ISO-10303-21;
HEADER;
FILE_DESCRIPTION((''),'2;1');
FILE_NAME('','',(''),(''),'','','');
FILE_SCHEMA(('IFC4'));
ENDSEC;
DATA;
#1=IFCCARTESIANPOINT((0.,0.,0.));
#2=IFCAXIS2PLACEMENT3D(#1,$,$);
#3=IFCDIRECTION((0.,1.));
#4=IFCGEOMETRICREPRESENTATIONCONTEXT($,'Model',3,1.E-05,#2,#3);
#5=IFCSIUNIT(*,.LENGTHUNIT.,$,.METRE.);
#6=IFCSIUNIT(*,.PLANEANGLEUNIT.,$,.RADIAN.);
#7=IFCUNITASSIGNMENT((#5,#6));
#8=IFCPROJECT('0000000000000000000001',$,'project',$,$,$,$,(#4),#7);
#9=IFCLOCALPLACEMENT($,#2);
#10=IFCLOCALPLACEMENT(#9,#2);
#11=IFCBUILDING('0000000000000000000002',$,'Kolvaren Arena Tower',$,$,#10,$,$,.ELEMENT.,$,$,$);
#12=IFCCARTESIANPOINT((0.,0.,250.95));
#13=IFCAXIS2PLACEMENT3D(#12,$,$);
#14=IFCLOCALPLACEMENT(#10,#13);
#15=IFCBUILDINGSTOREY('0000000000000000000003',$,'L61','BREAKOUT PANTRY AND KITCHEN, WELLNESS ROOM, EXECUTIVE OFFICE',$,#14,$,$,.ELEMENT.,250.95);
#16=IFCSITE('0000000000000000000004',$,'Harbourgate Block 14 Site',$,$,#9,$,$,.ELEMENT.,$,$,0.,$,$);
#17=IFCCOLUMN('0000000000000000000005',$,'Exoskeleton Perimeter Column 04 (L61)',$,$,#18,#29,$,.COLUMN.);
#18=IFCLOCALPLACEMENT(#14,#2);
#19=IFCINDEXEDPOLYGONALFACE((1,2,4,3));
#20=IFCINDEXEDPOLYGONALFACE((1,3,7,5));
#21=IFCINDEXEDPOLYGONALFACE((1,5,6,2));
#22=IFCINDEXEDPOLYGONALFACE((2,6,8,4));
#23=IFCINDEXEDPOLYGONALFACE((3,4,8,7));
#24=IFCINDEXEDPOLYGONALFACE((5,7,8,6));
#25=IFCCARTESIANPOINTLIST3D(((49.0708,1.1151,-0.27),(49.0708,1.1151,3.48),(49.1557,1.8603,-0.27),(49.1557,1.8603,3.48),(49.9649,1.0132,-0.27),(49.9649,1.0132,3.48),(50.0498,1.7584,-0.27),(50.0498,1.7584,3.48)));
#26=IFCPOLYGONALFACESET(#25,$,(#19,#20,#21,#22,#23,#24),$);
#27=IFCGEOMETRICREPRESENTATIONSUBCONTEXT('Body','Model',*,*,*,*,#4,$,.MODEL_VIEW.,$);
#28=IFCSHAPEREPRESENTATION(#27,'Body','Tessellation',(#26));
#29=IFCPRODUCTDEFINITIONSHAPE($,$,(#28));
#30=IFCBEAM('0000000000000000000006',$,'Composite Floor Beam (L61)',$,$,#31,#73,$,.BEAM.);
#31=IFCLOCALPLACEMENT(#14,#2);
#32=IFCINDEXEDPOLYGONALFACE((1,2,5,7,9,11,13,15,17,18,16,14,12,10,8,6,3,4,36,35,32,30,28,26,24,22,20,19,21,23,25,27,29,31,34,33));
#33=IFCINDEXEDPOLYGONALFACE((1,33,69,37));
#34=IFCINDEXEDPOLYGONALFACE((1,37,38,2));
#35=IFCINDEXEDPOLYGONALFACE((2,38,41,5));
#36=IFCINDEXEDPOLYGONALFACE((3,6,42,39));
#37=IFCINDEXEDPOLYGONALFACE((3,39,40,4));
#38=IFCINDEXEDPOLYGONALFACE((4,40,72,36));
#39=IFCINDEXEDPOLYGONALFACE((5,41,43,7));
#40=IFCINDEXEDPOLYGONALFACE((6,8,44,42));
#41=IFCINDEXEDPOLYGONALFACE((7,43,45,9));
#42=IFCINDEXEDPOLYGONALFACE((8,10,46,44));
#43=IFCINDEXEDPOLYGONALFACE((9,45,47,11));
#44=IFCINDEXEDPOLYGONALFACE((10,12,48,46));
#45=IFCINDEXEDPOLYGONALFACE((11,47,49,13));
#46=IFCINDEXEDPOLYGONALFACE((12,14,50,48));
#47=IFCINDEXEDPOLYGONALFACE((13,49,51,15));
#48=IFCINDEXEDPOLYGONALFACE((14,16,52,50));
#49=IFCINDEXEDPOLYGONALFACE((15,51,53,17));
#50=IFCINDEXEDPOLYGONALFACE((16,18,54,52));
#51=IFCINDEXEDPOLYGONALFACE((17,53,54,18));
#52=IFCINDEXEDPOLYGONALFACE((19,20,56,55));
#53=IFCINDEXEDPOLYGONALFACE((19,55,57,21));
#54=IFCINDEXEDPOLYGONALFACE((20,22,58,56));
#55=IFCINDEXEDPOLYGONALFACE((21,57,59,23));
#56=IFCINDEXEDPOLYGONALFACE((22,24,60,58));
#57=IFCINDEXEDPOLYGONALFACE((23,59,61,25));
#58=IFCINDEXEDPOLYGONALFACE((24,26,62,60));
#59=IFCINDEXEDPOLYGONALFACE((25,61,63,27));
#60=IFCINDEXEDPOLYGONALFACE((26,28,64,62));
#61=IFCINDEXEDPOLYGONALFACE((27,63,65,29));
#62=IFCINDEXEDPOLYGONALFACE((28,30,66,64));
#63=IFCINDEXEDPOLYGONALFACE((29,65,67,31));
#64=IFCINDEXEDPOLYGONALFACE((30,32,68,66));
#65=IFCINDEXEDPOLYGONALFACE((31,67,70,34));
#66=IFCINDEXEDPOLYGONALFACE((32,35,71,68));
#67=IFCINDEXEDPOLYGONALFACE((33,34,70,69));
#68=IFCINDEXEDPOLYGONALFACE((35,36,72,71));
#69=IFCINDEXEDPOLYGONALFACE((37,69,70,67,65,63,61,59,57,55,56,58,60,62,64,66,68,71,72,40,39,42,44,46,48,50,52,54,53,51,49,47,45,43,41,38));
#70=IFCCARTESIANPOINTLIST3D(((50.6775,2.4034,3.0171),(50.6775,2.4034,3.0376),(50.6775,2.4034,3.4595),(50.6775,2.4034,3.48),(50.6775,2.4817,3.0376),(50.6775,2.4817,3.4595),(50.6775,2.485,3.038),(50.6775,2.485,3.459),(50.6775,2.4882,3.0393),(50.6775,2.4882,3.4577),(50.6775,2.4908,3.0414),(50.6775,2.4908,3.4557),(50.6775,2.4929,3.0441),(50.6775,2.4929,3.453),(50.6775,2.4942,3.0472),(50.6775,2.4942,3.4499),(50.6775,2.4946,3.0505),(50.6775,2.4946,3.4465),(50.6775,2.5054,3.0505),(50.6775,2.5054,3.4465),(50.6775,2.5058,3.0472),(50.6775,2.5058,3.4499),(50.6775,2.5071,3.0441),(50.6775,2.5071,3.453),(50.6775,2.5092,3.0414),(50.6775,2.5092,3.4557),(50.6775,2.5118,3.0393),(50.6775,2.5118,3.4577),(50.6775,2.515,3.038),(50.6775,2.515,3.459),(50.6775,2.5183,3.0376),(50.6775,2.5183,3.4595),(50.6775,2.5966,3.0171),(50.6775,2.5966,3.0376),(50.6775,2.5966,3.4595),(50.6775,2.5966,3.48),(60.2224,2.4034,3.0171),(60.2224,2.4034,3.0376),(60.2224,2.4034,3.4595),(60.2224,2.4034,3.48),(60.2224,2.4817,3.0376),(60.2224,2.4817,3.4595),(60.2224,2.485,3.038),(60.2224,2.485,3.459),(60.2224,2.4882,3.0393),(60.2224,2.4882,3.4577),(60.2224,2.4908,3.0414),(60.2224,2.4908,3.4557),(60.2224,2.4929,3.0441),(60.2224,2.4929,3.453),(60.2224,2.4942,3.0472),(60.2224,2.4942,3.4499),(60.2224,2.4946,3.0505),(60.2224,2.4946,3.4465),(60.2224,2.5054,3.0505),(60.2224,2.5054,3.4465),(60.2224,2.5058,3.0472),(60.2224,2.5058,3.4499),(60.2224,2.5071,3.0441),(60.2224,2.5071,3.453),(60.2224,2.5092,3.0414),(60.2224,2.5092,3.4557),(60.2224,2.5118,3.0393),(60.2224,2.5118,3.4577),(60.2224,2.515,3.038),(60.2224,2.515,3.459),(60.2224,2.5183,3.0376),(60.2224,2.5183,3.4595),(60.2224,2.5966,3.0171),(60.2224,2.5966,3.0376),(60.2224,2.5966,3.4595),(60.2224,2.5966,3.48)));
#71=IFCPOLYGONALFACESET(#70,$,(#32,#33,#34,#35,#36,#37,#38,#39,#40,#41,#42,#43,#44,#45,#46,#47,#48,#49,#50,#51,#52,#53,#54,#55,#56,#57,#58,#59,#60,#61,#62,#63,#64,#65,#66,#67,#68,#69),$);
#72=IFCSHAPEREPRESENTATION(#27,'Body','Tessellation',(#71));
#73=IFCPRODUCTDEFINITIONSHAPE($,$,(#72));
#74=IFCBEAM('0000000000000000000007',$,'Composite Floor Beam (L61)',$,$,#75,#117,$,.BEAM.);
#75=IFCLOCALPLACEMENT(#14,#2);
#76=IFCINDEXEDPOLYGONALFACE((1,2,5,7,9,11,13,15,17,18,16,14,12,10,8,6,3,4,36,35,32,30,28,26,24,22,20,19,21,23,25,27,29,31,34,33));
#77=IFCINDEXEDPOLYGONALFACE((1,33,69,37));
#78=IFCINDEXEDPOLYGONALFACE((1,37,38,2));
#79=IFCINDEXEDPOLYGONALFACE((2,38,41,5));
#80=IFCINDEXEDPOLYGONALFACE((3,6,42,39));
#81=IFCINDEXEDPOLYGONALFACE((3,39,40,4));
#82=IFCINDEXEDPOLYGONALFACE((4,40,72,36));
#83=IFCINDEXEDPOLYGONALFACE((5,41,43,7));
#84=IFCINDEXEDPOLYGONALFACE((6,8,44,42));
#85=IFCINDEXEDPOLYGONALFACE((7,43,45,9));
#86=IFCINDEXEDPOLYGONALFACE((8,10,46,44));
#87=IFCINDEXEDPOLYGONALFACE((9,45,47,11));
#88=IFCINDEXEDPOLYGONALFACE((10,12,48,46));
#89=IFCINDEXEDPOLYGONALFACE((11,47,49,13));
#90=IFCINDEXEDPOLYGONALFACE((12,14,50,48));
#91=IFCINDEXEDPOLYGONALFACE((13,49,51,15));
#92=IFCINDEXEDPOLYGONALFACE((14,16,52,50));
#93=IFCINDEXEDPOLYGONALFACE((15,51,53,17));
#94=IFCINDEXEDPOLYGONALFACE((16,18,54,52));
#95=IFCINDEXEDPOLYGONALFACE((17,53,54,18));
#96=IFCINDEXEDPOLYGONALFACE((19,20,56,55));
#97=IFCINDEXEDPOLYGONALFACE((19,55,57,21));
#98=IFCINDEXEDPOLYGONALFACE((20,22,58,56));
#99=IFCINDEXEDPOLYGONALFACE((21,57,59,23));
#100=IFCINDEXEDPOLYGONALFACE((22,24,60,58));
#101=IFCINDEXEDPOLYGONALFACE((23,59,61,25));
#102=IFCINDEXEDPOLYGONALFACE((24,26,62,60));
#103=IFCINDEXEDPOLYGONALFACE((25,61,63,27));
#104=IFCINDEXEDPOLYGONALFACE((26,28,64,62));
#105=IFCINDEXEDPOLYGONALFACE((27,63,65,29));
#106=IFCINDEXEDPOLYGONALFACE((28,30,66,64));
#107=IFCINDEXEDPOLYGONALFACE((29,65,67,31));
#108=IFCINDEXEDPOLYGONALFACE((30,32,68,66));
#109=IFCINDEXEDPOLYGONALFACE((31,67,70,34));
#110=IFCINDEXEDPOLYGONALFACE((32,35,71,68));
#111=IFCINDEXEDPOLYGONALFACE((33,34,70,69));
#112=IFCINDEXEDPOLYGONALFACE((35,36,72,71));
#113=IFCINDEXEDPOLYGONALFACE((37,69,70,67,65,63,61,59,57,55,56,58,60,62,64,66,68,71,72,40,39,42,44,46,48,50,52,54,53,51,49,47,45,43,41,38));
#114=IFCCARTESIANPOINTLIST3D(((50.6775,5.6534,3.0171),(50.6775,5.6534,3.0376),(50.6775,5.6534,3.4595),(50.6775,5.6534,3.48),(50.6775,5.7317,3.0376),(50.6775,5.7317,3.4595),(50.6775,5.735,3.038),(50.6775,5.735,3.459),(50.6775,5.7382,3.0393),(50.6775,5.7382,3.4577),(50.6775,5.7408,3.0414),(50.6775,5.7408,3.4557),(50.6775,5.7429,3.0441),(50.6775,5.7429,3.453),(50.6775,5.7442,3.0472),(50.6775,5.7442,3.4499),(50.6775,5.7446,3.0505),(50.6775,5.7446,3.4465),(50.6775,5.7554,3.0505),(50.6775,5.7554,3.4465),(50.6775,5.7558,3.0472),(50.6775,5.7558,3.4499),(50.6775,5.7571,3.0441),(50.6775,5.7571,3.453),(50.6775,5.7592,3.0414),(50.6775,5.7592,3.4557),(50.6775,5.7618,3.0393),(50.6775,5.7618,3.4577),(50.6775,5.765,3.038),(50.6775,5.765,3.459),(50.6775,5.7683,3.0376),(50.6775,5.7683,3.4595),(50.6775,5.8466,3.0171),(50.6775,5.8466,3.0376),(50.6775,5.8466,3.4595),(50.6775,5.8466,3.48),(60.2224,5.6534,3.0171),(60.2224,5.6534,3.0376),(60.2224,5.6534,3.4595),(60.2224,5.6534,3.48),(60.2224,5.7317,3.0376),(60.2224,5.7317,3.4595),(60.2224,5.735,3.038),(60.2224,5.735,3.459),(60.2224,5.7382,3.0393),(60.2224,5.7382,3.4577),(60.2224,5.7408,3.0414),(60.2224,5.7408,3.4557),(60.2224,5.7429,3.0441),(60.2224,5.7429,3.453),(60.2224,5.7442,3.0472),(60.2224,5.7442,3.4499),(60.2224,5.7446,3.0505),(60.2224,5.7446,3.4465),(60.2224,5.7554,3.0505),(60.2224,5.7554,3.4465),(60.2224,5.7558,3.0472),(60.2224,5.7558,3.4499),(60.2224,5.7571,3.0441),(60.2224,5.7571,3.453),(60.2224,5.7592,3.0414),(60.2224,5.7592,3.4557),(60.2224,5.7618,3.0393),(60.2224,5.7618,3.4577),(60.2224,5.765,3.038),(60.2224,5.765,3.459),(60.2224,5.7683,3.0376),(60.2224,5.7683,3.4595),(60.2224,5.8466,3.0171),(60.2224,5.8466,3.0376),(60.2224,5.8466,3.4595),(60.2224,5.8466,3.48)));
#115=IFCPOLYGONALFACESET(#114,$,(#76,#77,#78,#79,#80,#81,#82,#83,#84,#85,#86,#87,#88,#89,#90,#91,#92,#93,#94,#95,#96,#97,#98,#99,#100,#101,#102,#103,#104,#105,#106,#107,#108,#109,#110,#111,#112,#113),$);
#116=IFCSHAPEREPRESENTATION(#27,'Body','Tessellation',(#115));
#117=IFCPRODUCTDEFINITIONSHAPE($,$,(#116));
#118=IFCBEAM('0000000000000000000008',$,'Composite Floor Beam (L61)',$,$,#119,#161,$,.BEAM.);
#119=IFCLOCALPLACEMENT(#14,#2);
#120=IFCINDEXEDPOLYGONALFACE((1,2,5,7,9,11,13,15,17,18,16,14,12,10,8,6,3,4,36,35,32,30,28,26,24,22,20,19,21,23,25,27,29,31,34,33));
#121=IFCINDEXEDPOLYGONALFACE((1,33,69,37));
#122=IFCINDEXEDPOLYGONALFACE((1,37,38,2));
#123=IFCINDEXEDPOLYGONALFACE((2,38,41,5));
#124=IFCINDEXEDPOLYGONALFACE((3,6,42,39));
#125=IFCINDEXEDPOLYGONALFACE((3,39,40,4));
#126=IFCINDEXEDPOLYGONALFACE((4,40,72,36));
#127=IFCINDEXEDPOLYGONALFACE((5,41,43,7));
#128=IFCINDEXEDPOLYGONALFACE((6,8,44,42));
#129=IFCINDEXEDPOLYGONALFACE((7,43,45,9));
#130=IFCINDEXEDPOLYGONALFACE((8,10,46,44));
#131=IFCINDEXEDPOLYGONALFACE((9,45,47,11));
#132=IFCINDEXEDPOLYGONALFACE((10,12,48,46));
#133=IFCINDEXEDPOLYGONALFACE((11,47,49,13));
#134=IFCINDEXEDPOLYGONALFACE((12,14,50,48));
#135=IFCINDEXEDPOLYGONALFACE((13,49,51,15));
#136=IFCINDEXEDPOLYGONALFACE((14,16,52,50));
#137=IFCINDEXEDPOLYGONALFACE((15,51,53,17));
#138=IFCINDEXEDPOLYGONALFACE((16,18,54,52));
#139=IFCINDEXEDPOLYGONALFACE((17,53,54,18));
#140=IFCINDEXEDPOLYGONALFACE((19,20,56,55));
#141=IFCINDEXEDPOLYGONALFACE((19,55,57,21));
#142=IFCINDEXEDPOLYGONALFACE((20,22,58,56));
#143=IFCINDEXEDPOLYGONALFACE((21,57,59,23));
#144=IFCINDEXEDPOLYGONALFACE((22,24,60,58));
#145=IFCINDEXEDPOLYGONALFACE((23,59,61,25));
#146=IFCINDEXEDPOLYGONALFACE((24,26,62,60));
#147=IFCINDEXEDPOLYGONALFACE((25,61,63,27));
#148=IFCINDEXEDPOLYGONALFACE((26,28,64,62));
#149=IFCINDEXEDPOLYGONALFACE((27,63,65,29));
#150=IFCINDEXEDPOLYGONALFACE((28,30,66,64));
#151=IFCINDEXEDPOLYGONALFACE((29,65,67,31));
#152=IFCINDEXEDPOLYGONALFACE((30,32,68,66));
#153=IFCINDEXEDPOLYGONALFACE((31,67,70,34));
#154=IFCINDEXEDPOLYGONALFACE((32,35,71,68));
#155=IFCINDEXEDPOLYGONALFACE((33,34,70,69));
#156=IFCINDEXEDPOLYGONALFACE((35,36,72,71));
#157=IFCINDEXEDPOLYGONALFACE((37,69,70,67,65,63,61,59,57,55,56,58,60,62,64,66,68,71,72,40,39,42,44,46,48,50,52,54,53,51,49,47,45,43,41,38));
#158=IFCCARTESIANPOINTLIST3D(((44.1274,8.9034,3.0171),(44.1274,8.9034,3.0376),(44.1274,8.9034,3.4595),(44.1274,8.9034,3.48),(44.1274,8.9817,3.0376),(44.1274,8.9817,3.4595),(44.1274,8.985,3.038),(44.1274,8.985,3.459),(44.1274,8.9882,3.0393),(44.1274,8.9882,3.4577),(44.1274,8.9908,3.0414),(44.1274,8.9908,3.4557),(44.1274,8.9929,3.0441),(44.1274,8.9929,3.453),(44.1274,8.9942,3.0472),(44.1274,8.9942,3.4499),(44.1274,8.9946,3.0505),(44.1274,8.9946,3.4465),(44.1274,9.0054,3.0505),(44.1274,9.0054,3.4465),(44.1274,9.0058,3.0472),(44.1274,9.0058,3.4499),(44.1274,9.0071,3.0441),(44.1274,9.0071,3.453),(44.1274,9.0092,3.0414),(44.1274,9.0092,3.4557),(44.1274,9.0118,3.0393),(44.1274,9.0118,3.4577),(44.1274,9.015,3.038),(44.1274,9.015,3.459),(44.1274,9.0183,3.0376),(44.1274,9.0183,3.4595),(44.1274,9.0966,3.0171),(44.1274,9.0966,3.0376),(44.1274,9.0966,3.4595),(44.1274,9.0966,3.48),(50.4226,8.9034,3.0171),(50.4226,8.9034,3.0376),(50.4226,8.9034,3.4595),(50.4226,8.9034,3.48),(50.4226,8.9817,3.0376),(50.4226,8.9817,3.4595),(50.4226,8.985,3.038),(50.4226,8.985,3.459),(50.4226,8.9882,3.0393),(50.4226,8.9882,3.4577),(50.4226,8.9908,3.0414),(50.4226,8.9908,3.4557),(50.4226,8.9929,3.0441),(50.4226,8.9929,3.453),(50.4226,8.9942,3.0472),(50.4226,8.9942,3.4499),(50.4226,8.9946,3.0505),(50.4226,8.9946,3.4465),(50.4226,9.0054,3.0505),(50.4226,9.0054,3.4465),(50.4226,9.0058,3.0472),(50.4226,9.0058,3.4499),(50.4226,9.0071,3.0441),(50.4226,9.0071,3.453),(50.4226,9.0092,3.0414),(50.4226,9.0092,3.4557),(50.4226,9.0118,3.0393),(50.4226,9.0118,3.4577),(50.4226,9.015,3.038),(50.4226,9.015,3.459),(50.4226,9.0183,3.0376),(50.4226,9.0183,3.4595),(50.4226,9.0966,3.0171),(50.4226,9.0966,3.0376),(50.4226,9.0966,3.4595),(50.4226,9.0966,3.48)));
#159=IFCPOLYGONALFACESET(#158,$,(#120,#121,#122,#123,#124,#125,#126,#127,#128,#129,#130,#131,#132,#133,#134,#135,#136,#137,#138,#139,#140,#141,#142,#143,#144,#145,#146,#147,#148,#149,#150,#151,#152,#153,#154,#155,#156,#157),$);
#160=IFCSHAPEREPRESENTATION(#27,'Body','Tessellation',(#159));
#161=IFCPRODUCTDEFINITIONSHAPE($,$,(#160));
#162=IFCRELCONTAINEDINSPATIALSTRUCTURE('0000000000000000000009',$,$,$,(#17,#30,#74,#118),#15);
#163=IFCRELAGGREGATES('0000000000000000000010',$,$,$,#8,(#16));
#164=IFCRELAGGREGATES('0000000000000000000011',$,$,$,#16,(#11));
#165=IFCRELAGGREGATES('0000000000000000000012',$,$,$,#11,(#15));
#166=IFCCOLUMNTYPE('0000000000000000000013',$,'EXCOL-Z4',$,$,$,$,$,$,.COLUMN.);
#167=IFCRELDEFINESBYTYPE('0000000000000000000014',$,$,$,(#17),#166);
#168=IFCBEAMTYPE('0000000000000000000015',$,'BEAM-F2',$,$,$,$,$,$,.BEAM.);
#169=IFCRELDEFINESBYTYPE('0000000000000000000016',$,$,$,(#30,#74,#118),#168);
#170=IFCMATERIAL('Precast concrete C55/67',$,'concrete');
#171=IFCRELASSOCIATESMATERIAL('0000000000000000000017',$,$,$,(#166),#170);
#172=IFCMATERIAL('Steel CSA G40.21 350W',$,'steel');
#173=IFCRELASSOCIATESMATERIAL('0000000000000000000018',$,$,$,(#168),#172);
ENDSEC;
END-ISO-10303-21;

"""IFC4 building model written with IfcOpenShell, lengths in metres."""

from ifc_helpers import new_model, si_unit, direction, frame, origin, origin_2d, place, context, subcontext, project, spatial, rectangle, i_section, extrude, material, material_profile, profile_set, type_object, element, save


model = new_model("IFC4")

# Units and contexts
model_context = context("Model", 3, precision=1e-05, world=origin(), true_north=direction((0.0, 1.0)))
body_context = subcontext(model_context, "Body", "Model", "MODEL_VIEW")
ifc_project = project(units=[si_unit("LENGTHUNIT", "METRE"), si_unit("PLANEANGLEUNIT", "RADIAN")], contexts=[model_context])

# Site, building, storey
site_placement = place(None, origin())
site = spatial("IfcSite", under=ifc_project, at=site_placement, Name="Harbourgate Block 14 Site", CompositionType="ELEMENT", RefElevation=0.0)
building_placement = place(site_placement, origin())
building = spatial("IfcBuilding", under=site, at=building_placement, Name="Kolvaren Arena Tower", CompositionType="ELEMENT")
storey_placement = place(building_placement, frame((0.0, 0.0, 250.95)))
storey = spatial("IfcBuildingStorey", under=building, at=storey_placement, Name="L61", Description="BREAKOUT PANTRY AND KITCHEN, WELLNESS ROOM, EXECUTIVE OFFICE", CompositionType="ELEMENT", Elevation=250.95)

# Column
ifc_material_1 = material(Name="Precast concrete C55/67", Category="concrete")
ifc_material_profile_1 = material_profile(ifc_material_1, rectangle(XDim=0.8999, YDim=0.75, at=origin_2d()), Name="RC-900x750")
ifc_profile_set_1 = profile_set([ifc_material_profile_1], Name="Precast concrete C55/67")
column_type = type_object("IfcColumnType", Name="EXCOL-Z4", PredefinedType="COLUMN", material=ifc_profile_set_1)
column_placement = place(storey_placement, frame((49.5603, 1.4368, -0.27), z_axis=(0.0, 0.0, 1.0), x_axis=(0.993572, -0.113203, 0.0)))
element("IfcColumn", 1, at=column_placement, inside=storey, type_object=column_type, Name="Exoskeleton Perimeter Column 04 (L61)", PredefinedType="COLUMN", context=body_context, shape_type="SweptSolid", body=[
    extrude(rectangle(XDim=0.8999, YDim=0.75, at=origin_2d()), origin(), (0.0, 0.0, 1.0), 3.75),
])

# Beams
ifc_material_2 = material(Name="Steel CSA G40.21 350W", Category="steel")
ifc_material_profile_2 = material_profile(ifc_material_2, i_section(OverallWidth=0.1931, OverallDepth=0.4629, WebThickness=0.0107, FlangeThickness=0.0205, FilletRadius=0.0129, at=origin_2d()), Name="W460x113")
ifc_profile_set_2 = profile_set([ifc_material_profile_2], Name="Steel CSA G40.21 350W")
beam_type_1 = type_object("IfcBeamType", Name="BEAM-F2", PredefinedType="BEAM", material=ifc_profile_set_2)
for number, where, z_axis, x_axis, name in (
    (2, (50.6775, 2.5, 3.2485), (1.0, 0.0, 0.0), (0.0, 1.0, 0.0), "Composite Floor Beam (L61)"),
    (3, (50.6775, 5.75, 3.2485), (1.0, 0.0, 0.0), (0.0, 1.0, 0.0), "Composite Floor Beam (L61)"),
):
    element("IfcBeam", number, at=place(storey_placement, frame(where, z_axis=z_axis, x_axis=x_axis)), inside=storey, type_object=beam_type_1, Name=name, PredefinedType="BEAM", context=body_context, shape_type="SweptSolid", body=[
        extrude(i_section(OverallWidth=0.1931, OverallDepth=0.4629, WebThickness=0.0107, FlangeThickness=0.0205, FilletRadius=0.0129, at=origin_2d()), origin(), (0.0, 0.0, 1.0), 9.5449),
    ])
beam_1_placement = place(storey_placement, frame((44.1274, 9.0, 3.2485), z_axis=(1.0, 0.0, 0.0), x_axis=(0.0, 1.0, 0.0)))
element("IfcBeam", 4, at=beam_1_placement, inside=storey, type_object=beam_type_1, Name="Composite Floor Beam (L61)", PredefinedType="BEAM", context=body_context, shape_type="SweptSolid", body=[
    extrude(i_section(OverallWidth=0.1931, OverallDepth=0.4629, WebThickness=0.0107, FlangeThickness=0.0205, FilletRadius=0.0129, at=origin_2d()), origin(), (0.0, 0.0, 1.0), 6.2952),
])

save(model, "model.ifc")
